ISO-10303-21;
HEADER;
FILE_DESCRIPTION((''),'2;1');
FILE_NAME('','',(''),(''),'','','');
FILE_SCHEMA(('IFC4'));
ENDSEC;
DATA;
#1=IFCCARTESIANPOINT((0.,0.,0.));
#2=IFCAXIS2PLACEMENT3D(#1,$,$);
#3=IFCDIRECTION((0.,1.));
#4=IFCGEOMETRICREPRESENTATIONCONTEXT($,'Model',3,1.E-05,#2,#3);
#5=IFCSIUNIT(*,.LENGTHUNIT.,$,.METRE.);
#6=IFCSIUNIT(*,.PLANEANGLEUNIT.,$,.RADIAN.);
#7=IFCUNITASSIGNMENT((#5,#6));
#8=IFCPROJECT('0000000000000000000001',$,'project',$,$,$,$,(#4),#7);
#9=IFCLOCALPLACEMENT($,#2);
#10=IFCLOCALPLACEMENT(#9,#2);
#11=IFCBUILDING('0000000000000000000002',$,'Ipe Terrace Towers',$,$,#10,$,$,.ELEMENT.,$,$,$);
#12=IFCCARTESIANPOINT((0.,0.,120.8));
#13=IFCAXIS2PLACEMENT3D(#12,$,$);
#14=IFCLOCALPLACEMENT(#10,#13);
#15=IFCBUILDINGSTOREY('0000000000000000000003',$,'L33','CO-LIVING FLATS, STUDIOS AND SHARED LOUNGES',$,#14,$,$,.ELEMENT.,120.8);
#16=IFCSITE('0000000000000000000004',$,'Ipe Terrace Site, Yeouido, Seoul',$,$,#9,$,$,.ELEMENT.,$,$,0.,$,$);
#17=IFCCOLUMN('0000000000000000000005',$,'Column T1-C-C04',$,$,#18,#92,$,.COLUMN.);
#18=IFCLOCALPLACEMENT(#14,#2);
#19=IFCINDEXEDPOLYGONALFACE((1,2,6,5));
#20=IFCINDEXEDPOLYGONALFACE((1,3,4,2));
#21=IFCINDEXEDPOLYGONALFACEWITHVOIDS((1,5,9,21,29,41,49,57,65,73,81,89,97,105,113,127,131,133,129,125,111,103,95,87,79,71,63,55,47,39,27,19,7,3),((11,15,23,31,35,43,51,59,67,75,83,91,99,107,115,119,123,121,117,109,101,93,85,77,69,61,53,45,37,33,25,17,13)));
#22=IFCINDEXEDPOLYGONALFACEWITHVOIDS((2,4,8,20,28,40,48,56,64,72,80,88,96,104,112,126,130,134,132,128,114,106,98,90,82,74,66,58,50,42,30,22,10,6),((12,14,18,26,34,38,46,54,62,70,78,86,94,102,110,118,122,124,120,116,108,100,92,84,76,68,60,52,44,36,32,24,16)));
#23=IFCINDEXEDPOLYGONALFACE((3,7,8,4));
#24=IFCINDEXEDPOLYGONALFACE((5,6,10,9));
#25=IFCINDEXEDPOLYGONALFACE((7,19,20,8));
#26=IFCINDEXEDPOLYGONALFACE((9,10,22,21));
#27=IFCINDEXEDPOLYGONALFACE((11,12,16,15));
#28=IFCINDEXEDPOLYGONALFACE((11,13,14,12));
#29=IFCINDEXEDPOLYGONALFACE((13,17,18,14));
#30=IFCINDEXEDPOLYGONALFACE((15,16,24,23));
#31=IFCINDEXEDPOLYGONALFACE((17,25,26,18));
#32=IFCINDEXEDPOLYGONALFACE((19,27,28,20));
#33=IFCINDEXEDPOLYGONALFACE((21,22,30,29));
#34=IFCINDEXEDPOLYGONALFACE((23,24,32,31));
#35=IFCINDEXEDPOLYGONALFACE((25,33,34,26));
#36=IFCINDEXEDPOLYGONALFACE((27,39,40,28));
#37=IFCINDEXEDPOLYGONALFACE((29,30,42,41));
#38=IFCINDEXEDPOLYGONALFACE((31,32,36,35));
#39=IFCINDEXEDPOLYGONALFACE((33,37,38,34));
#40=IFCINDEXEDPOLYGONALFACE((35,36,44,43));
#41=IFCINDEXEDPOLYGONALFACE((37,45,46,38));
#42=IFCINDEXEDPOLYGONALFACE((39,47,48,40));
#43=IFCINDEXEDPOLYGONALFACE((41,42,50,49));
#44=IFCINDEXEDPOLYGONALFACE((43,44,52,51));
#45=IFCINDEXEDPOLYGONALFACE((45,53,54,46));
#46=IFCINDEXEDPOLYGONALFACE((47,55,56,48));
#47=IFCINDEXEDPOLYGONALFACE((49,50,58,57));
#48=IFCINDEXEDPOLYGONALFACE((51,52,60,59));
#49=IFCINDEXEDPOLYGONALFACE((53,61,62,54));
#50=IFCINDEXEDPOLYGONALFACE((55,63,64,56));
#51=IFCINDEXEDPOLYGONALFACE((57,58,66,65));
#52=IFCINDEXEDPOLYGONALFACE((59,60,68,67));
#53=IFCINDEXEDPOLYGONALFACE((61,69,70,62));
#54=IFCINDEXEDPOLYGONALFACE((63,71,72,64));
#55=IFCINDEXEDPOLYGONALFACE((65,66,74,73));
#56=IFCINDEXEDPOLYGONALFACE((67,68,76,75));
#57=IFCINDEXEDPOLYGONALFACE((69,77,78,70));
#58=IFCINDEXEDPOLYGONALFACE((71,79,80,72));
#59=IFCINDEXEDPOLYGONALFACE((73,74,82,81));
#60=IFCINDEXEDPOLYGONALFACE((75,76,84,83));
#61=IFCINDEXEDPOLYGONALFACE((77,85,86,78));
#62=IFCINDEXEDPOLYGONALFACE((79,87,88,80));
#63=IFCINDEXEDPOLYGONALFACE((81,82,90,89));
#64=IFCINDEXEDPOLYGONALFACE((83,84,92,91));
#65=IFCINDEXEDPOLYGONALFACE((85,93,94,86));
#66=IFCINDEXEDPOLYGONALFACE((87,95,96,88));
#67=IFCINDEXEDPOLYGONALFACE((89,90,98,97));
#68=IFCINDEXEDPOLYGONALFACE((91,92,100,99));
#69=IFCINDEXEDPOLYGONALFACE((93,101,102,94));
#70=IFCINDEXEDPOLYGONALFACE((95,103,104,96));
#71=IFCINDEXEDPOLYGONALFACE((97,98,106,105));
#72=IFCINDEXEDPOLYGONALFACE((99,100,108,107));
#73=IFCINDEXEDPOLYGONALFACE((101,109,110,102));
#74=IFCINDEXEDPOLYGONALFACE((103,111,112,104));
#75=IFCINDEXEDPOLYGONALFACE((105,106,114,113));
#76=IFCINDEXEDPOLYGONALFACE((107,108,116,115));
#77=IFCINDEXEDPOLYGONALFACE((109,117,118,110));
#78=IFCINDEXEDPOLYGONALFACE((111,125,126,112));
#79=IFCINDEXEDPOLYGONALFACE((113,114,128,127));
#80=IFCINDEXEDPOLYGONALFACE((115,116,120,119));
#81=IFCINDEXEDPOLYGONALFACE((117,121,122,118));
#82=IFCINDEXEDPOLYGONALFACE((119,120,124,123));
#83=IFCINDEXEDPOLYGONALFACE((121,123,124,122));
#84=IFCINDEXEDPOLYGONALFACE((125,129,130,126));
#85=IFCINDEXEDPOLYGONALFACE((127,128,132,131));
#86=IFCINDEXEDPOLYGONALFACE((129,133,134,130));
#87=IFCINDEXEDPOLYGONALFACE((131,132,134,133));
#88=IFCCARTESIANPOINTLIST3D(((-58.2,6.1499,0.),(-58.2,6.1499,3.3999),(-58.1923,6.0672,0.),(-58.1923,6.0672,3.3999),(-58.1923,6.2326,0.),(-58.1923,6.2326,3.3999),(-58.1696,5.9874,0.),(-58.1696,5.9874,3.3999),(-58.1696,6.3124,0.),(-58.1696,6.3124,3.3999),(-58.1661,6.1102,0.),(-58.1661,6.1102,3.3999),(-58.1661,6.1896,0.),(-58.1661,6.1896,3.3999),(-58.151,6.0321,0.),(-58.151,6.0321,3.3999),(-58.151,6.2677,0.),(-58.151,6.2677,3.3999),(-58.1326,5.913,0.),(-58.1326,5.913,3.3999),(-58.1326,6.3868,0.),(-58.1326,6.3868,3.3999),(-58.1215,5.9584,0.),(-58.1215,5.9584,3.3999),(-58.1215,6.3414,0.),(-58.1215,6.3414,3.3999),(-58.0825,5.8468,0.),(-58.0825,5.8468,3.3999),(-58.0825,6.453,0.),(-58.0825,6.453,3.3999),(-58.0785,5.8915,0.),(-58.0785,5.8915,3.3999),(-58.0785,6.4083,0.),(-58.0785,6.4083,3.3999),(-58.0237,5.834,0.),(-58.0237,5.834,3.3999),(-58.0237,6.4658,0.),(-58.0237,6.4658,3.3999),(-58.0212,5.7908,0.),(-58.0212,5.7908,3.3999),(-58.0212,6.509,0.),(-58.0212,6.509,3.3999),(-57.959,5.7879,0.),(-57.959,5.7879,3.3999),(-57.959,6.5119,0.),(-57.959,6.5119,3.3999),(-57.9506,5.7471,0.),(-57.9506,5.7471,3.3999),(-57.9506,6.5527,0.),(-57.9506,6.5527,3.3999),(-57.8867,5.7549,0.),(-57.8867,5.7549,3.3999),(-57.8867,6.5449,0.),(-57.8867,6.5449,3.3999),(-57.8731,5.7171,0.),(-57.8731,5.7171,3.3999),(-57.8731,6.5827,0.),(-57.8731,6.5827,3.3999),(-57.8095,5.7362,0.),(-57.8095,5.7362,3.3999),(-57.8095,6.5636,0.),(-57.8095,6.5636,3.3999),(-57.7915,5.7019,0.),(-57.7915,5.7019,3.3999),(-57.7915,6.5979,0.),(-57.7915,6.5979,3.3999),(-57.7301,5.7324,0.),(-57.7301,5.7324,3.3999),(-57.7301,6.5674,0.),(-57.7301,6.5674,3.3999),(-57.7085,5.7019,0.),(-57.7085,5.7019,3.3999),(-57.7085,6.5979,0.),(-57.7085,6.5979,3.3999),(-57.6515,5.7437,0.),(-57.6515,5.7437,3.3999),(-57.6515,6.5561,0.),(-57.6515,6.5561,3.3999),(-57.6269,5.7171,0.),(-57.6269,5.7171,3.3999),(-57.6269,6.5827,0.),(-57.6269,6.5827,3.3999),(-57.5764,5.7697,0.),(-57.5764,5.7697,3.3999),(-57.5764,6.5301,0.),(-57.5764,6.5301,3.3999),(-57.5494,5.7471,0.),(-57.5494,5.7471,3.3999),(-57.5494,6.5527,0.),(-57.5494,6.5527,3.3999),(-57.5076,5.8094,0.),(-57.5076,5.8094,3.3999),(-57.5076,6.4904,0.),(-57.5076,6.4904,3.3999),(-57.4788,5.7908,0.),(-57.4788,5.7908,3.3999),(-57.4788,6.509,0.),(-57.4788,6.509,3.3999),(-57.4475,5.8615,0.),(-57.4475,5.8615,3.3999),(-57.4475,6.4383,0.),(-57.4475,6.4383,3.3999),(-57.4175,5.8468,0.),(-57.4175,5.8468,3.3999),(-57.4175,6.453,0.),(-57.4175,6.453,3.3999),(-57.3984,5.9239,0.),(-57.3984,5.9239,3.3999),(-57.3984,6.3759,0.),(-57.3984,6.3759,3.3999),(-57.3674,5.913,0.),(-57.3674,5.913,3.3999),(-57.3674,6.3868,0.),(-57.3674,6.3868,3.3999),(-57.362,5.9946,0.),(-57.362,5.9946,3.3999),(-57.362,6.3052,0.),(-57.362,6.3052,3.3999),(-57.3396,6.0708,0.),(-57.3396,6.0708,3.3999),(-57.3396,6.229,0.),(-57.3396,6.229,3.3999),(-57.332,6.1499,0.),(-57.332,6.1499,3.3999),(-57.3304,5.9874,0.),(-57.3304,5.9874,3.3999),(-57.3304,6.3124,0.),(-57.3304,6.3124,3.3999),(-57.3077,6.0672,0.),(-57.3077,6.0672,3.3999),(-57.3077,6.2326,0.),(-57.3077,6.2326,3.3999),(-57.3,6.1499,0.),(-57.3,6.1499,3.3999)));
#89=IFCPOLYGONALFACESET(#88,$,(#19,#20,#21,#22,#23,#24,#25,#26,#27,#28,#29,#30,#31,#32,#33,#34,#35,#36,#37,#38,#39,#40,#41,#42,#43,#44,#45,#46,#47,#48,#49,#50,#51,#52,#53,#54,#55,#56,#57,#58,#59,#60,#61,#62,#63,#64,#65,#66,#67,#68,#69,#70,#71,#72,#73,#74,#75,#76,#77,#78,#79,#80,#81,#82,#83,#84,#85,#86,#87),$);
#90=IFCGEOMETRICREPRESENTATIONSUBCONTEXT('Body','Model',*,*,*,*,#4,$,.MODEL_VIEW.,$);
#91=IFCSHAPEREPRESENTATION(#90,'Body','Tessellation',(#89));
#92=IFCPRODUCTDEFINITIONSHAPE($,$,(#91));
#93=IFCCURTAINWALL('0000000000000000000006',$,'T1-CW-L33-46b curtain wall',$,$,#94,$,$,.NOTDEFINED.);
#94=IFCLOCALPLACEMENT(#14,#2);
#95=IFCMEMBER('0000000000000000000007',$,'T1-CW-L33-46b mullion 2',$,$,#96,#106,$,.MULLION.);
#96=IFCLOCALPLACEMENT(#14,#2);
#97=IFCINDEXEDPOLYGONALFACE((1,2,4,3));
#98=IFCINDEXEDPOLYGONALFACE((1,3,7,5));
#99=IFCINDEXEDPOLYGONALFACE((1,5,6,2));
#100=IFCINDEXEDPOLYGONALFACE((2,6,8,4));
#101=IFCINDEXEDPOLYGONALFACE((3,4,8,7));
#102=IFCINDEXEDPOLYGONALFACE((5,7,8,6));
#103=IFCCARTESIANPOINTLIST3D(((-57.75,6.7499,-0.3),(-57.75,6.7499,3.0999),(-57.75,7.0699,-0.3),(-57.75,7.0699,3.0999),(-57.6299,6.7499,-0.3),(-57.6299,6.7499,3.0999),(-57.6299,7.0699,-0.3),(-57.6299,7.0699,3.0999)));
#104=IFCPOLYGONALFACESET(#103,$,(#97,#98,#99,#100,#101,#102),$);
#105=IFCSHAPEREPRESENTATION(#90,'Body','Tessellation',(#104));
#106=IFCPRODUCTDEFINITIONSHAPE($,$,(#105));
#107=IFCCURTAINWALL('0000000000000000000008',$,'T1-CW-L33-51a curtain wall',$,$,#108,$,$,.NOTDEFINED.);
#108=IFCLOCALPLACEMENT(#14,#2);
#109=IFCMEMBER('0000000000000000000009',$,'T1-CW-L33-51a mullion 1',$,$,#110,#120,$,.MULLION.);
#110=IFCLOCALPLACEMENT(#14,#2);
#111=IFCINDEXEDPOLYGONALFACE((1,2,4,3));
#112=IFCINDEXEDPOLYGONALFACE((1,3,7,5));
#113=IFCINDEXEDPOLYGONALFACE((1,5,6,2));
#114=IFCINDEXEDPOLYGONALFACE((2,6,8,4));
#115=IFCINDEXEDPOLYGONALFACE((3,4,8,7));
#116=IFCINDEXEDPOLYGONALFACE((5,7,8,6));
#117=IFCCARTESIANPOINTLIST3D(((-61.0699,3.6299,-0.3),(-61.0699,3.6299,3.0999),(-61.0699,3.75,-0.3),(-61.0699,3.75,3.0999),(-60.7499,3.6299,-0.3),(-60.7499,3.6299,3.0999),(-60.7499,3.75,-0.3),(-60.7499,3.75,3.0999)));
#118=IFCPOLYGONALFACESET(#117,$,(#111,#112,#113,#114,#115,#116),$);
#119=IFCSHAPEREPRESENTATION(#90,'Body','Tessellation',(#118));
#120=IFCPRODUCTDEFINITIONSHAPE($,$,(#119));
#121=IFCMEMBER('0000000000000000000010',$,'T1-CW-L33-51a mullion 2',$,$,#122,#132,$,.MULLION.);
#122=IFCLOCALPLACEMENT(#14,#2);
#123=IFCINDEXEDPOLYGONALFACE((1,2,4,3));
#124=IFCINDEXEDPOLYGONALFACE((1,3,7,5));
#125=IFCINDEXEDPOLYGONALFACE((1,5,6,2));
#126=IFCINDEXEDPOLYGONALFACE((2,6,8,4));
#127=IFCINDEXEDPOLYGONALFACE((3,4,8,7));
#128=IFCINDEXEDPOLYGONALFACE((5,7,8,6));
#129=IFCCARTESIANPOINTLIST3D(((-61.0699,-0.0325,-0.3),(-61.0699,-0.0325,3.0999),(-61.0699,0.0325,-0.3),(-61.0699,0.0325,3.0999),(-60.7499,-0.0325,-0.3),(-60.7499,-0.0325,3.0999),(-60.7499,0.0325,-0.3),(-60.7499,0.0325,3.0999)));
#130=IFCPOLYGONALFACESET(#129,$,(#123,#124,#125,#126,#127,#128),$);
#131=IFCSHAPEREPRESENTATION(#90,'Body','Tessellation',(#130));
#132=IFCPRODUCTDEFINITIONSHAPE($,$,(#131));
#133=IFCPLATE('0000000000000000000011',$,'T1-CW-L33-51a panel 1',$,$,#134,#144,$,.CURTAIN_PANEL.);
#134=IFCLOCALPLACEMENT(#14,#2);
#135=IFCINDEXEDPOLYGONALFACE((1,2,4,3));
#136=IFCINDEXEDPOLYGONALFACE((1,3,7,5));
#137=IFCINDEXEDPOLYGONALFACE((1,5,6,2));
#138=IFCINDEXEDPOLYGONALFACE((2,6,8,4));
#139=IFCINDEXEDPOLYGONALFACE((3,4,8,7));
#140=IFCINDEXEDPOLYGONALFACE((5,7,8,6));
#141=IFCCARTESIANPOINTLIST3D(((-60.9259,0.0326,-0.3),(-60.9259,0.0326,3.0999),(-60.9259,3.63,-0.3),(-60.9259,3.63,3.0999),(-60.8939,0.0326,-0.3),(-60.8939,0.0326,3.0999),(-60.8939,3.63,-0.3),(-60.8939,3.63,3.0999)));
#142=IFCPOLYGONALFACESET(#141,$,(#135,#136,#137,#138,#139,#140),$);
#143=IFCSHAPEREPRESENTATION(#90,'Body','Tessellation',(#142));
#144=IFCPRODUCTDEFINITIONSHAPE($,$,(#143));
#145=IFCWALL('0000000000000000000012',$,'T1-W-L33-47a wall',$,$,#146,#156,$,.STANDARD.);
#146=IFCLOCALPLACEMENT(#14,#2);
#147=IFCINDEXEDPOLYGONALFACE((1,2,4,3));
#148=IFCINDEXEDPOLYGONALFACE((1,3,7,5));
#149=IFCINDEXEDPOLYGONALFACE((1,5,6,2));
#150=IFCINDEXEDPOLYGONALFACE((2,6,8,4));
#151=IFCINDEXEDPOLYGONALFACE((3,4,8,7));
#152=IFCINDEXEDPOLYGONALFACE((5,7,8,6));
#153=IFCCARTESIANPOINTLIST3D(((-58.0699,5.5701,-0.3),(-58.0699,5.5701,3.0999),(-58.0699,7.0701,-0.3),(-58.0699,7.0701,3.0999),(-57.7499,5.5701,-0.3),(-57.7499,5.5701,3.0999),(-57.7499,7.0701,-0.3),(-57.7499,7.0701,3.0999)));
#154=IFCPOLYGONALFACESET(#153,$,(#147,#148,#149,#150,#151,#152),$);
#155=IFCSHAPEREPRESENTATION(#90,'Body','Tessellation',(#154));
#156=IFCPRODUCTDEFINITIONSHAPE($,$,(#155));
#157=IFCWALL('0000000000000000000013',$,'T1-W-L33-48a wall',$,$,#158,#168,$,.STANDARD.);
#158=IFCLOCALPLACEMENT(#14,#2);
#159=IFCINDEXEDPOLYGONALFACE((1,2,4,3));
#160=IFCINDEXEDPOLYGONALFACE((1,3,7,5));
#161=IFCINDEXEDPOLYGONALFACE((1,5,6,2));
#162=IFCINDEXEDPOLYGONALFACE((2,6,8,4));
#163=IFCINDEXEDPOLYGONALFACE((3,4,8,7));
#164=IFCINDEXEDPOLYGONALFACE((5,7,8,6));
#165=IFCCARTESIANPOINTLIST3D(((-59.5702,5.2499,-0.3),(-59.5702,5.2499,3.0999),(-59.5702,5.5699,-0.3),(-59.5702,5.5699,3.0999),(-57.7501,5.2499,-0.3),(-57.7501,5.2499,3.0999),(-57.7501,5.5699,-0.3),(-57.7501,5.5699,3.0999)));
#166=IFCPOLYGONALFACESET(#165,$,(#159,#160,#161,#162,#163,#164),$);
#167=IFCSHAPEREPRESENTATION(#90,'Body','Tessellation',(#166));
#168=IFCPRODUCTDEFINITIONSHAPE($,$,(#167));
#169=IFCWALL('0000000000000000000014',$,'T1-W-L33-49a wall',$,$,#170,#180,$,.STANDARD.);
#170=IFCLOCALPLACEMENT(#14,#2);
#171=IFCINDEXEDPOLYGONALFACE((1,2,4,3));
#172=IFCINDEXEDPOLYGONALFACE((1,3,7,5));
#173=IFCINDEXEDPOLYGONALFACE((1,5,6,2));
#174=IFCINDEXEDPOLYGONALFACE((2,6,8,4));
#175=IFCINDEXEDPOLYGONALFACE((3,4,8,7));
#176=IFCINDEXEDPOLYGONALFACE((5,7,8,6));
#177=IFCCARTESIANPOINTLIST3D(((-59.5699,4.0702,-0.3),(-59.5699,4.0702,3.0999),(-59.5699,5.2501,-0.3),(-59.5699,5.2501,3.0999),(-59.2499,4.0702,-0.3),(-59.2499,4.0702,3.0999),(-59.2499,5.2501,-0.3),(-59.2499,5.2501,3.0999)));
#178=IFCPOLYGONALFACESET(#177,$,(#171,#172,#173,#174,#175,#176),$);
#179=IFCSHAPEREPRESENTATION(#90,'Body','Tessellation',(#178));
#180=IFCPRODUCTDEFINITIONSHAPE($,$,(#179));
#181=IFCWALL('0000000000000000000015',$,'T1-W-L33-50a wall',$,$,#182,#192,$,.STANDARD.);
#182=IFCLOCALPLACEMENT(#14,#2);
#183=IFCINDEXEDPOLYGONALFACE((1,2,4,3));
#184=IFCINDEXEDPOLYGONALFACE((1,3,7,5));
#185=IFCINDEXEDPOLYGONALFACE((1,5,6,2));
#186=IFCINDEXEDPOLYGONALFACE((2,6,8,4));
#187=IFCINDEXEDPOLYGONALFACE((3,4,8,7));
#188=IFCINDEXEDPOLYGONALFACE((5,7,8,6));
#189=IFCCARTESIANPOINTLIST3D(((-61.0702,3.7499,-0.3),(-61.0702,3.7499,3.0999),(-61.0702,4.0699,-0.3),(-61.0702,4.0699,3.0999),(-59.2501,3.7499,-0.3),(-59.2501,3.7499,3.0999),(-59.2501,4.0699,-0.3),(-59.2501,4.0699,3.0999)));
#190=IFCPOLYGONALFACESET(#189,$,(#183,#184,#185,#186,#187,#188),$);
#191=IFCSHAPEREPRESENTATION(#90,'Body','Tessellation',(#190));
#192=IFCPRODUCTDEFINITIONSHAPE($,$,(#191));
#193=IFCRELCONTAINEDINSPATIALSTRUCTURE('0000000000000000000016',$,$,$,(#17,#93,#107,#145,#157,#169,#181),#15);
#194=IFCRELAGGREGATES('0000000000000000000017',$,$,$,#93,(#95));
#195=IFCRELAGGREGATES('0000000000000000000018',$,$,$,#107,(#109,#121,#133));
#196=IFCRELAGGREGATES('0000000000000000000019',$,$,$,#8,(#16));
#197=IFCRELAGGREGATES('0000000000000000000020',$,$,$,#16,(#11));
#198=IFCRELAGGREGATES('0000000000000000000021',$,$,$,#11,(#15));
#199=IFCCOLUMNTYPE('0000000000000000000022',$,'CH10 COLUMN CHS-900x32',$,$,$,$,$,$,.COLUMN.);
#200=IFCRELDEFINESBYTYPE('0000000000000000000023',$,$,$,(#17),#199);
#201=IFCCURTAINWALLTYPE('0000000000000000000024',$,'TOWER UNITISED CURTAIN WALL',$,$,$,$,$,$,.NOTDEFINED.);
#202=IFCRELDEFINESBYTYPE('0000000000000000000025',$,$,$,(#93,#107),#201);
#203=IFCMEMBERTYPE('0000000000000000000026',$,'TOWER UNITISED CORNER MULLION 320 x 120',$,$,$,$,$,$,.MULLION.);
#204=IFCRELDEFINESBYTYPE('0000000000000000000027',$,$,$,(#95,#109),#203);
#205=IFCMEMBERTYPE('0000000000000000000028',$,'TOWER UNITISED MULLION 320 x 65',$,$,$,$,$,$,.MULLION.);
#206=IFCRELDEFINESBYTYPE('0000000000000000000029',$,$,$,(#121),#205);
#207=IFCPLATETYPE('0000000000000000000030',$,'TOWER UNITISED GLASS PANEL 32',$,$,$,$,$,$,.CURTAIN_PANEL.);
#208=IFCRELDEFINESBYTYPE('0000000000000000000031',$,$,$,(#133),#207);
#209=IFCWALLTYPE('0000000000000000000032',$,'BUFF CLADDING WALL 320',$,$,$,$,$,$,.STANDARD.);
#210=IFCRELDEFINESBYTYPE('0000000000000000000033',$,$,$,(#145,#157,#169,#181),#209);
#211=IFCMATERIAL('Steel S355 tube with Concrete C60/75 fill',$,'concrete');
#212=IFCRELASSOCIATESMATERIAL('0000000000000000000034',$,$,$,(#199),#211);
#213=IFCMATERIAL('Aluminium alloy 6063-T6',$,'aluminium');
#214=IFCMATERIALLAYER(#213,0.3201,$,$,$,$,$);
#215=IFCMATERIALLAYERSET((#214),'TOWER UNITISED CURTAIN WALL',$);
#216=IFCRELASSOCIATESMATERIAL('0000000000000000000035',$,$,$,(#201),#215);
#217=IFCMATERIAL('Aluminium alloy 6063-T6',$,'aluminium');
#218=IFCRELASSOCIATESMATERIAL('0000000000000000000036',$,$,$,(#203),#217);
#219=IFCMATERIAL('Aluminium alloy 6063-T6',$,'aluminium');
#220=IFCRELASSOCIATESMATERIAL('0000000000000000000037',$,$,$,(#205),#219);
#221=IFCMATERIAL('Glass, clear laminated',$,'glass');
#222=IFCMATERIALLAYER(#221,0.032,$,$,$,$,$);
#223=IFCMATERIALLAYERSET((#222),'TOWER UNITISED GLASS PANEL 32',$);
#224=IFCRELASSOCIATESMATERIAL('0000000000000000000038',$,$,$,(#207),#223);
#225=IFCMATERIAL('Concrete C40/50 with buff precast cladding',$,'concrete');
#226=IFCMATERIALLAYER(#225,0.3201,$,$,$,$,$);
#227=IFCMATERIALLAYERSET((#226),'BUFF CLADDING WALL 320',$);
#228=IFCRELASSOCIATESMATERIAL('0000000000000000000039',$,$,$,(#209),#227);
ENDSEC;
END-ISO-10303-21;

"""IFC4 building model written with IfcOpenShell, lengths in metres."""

from ifc_helpers import new_model, si_unit, direction, frame, frame_2d, origin, origin_2d, place, context, subcontext, project, spatial, rectangle, hollow_circle, extrude, material, layer, layer_set, material_profile, profile_set, type_object, element, aggregate, save


model = new_model("IFC4")

# Units and contexts
model_context = context("Model", 3, precision=1e-05, world=origin(), true_north=direction((0.0, 1.0)))
body_context = subcontext(model_context, "Body", "Model", "MODEL_VIEW")
ifc_project = project(units=[si_unit("LENGTHUNIT", "METRE"), si_unit("PLANEANGLEUNIT", "RADIAN")], contexts=[model_context])

# Site, building, storey
site_placement = place(None, origin())
site = spatial("IfcSite", under=ifc_project, at=site_placement, Name="Ipe Terrace Site, Yeouido, Seoul", CompositionType="ELEMENT", RefElevation=0.0)
building_placement = place(site_placement, origin())
building = spatial("IfcBuilding", under=site, at=building_placement, Name="Ipe Terrace Towers", CompositionType="ELEMENT")
storey_placement = place(building_placement, frame((0.0, 0.0, 120.8)))
storey = spatial("IfcBuildingStorey", under=building, at=storey_placement, Name="L33", Description="CO-LIVING FLATS, STUDIOS AND SHARED LOUNGES", CompositionType="ELEMENT", Elevation=120.8)

# Column
ifc_material_1 = material(Name="Steel S355 tube with Concrete C60/75 fill", Category="concrete")
ifc_material_profile_1 = material_profile(ifc_material_1, hollow_circle(Radius=0.45, WallThickness=0.032, at=origin_2d()), Name="CHS-900x32")
ifc_profile_set_1 = profile_set([ifc_material_profile_1], Name="Steel S355 tube with Concrete C60/75 fill")
column_type = type_object("IfcColumnType", Name="CH10 COLUMN CHS-900x32", PredefinedType="COLUMN", material=ifc_profile_set_1)
column_placement = place(storey_placement, frame((-57.75, 6.1499, 0.0), z_axis=(0.0, 0.0, 1.0), x_axis=(1.0, 0.0, 0.0)))
element("IfcColumn", 1, at=column_placement, inside=storey, type_object=column_type, Name="Column T1-C-C04", PredefinedType="COLUMN", context=body_context, shape_type="SweptSolid", body=[
    extrude(hollow_circle(Radius=0.45, WallThickness=0.032, at=origin_2d()), origin(), (0.0, 0.0, 1.0), 3.3999),
])

# Curtain wall, member
ifc_material_2 = material(Name="Aluminium alloy 6063-T6", Category="aluminium")
ifc_layer_1 = layer(ifc_material_2, 0.3201)
ifc_layer_set_1 = layer_set([ifc_layer_1], Name="TOWER UNITISED CURTAIN WALL")
curtain_wall_type = type_object("IfcCurtainWallType", Name="TOWER UNITISED CURTAIN WALL", PredefinedType="NOTDEFINED", material=ifc_layer_set_1)
curtain_wall_1_placement = place(storey_placement, origin())
curtain_wall_1 = element("IfcCurtainWall", 2, at=curtain_wall_1_placement, inside=storey, type_object=curtain_wall_type, Name="T1-CW-L33-46b curtain wall", PredefinedType="NOTDEFINED")
ifc_material_3 = material(Name="Aluminium alloy 6063-T6", Category="aluminium")
ifc_material_profile_2 = material_profile(ifc_material_3, rectangle(XDim=0.3201, YDim=0.1201, at=origin_2d()), Name="TOWER UNITISED CORNER MULLION 320 x 120")
ifc_profile_set_2 = profile_set([ifc_material_profile_2], Name="Aluminium alloy 6063-T6")
member_type_1 = type_object("IfcMemberType", Name="TOWER UNITISED CORNER MULLION 320 x 120", PredefinedType="MULLION", material=ifc_profile_set_2)
member_1_placement = place(storey_placement, frame((-57.6899, 6.9099, -0.3), z_axis=(0.0, 0.0, 1.0), x_axis=(0.0, 1.0, 0.0)))
member_1 = element("IfcMember", 3, at=member_1_placement, type_object=member_type_1, Name="T1-CW-L33-46b mullion 2", PredefinedType="MULLION", context=body_context, shape_type="SweptSolid", body=[
    extrude(rectangle(XDim=0.3201, YDim=0.1201, at=origin_2d()), origin(), (0.0, 0.0, 1.0), 3.3999),
])
aggregate(curtain_wall_1, [member_1])

# Curtain wall, members, plate
curtain_wall_2_placement = place(storey_placement, origin())
curtain_wall_2 = element("IfcCurtainWall", 4, at=curtain_wall_2_placement, inside=storey, type_object=curtain_wall_type, Name="T1-CW-L33-51a curtain wall", PredefinedType="NOTDEFINED")
member_2_placement = place(storey_placement, frame((-60.9099, 3.6899, -0.3), z_axis=(0.0, 0.0, 1.0), x_axis=(-1.0, 0.0, 0.0)))
member_2 = element("IfcMember", 5, at=member_2_placement, type_object=member_type_1, Name="T1-CW-L33-51a mullion 1", PredefinedType="MULLION", context=body_context, shape_type="SweptSolid", body=[
    extrude(rectangle(XDim=0.3201, YDim=0.1201, at=origin_2d()), origin(), (0.0, 0.0, 1.0), 3.3999),
])
ifc_material_4 = material(Name="Aluminium alloy 6063-T6", Category="aluminium")
ifc_material_profile_3 = material_profile(ifc_material_4, rectangle(XDim=0.3201, YDim=0.0649, at=origin_2d()), Name="TOWER UNITISED MULLION 320 x 65")
ifc_profile_set_3 = profile_set([ifc_material_profile_3], Name="Aluminium alloy 6063-T6")
member_type_2 = type_object("IfcMemberType", Name="TOWER UNITISED MULLION 320 x 65", PredefinedType="MULLION", material=ifc_profile_set_3)
member_3_placement = place(storey_placement, frame((-60.9099, 0.0, -0.3), z_axis=(0.0, 0.0, 1.0), x_axis=(-1.0, 0.0, 0.0)))
member_3 = element("IfcMember", 6, at=member_3_placement, type_object=member_type_2, Name="T1-CW-L33-51a mullion 2", PredefinedType="MULLION", context=body_context, shape_type="SweptSolid", body=[
    extrude(rectangle(XDim=0.3201, YDim=0.0649, at=origin_2d()), origin(), (0.0, 0.0, 1.0), 3.3999),
])
ifc_material_5 = material(Name="Glass, clear laminated", Category="glass")
ifc_layer_2 = layer(ifc_material_5, 0.032)
ifc_layer_set_2 = layer_set([ifc_layer_2], Name="TOWER UNITISED GLASS PANEL 32")
plate_type = type_object("IfcPlateType", Name="TOWER UNITISED GLASS PANEL 32", PredefinedType="CURTAIN_PANEL", material=ifc_layer_set_2)
plate_placement = place(storey_placement, frame((-60.9099, 1.8313, -0.3), z_axis=(0.0, 0.0, 1.0), x_axis=(0.0, -1.0, 0.0)))
plate = element("IfcPlate", 7, at=plate_placement, type_object=plate_type, Name="T1-CW-L33-51a panel 1", PredefinedType="CURTAIN_PANEL", context=body_context, shape_type="SweptSolid", body=[
    extrude(rectangle(XDim=3.5974, YDim=0.032, at=origin_2d()), origin(), (0.0, 0.0, 1.0), 3.3999),
])
aggregate(curtain_wall_2, [member_2, member_3, plate])

# Walls
ifc_material_6 = material(Name="Concrete C40/50 with buff precast cladding", Category="concrete")
ifc_layer_3 = layer(ifc_material_6, 0.3201)
ifc_layer_set_3 = layer_set([ifc_layer_3], Name="BUFF CLADDING WALL 320")
wall_type_1 = type_object("IfcWallType", Name="BUFF CLADDING WALL 320", PredefinedType="STANDARD", material=ifc_layer_set_3)
wall_1_placement = place(storey_placement, frame((-57.9099, 7.0701, -0.3), z_axis=(0.0, 0.0, 1.0), x_axis=(0.0, -1.0, 0.0)))
element("IfcWall", 8, at=wall_1_placement, inside=storey, type_object=wall_type_1, Name="T1-W-L33-47a wall", PredefinedType="STANDARD", context=body_context, shape_type="SweptSolid", body=[
    extrude(rectangle(XDim=1.5, YDim=0.3201, at=frame_2d((0.75, 0.0))), origin(), (0.0, 0.0, 1.0), 3.3999),
])
wall_2_placement = place(storey_placement, frame((-57.75, 5.4099, -0.3), z_axis=(0.0, 0.0, 1.0), x_axis=(-1.0, 0.0, 0.0)))
element("IfcWall", 9, at=wall_2_placement, inside=storey, type_object=wall_type_1, Name="T1-W-L33-48a wall", PredefinedType="STANDARD", context=body_context, shape_type="SweptSolid", body=[
    extrude(rectangle(XDim=1.8201, YDim=0.3201, at=frame_2d((0.9102, 0.0))), origin(), (0.0, 0.0, 1.0), 3.3999),
])
wall_3_placement = place(storey_placement, frame((-59.4099, 5.25, -0.3), z_axis=(0.0, 0.0, 1.0), x_axis=(0.0, -1.0, 0.0)))
element("IfcWall", 10, at=wall_3_placement, inside=storey, type_object=wall_type_1, Name="T1-W-L33-49a wall", PredefinedType="STANDARD", context=body_context, shape_type="SweptSolid", body=[
    extrude(rectangle(XDim=1.1799, YDim=0.3201, at=frame_2d((0.5898, 0.0))), origin(), (0.0, 0.0, 1.0), 3.3999),
])
wall_4_placement = place(storey_placement, frame((-59.25, 3.9099, -0.3), z_axis=(0.0, 0.0, 1.0), x_axis=(-1.0, 0.0, 0.0)))
element("IfcWall", 11, at=wall_4_placement, inside=storey, type_object=wall_type_1, Name="T1-W-L33-50a wall", PredefinedType="STANDARD", context=body_context, shape_type="SweptSolid", body=[
    extrude(rectangle(XDim=1.8201, YDim=0.3201, at=frame_2d((0.9102, 0.0))), origin(), (0.0, 0.0, 1.0), 3.3999),
])

save(model, "model.ifc")
